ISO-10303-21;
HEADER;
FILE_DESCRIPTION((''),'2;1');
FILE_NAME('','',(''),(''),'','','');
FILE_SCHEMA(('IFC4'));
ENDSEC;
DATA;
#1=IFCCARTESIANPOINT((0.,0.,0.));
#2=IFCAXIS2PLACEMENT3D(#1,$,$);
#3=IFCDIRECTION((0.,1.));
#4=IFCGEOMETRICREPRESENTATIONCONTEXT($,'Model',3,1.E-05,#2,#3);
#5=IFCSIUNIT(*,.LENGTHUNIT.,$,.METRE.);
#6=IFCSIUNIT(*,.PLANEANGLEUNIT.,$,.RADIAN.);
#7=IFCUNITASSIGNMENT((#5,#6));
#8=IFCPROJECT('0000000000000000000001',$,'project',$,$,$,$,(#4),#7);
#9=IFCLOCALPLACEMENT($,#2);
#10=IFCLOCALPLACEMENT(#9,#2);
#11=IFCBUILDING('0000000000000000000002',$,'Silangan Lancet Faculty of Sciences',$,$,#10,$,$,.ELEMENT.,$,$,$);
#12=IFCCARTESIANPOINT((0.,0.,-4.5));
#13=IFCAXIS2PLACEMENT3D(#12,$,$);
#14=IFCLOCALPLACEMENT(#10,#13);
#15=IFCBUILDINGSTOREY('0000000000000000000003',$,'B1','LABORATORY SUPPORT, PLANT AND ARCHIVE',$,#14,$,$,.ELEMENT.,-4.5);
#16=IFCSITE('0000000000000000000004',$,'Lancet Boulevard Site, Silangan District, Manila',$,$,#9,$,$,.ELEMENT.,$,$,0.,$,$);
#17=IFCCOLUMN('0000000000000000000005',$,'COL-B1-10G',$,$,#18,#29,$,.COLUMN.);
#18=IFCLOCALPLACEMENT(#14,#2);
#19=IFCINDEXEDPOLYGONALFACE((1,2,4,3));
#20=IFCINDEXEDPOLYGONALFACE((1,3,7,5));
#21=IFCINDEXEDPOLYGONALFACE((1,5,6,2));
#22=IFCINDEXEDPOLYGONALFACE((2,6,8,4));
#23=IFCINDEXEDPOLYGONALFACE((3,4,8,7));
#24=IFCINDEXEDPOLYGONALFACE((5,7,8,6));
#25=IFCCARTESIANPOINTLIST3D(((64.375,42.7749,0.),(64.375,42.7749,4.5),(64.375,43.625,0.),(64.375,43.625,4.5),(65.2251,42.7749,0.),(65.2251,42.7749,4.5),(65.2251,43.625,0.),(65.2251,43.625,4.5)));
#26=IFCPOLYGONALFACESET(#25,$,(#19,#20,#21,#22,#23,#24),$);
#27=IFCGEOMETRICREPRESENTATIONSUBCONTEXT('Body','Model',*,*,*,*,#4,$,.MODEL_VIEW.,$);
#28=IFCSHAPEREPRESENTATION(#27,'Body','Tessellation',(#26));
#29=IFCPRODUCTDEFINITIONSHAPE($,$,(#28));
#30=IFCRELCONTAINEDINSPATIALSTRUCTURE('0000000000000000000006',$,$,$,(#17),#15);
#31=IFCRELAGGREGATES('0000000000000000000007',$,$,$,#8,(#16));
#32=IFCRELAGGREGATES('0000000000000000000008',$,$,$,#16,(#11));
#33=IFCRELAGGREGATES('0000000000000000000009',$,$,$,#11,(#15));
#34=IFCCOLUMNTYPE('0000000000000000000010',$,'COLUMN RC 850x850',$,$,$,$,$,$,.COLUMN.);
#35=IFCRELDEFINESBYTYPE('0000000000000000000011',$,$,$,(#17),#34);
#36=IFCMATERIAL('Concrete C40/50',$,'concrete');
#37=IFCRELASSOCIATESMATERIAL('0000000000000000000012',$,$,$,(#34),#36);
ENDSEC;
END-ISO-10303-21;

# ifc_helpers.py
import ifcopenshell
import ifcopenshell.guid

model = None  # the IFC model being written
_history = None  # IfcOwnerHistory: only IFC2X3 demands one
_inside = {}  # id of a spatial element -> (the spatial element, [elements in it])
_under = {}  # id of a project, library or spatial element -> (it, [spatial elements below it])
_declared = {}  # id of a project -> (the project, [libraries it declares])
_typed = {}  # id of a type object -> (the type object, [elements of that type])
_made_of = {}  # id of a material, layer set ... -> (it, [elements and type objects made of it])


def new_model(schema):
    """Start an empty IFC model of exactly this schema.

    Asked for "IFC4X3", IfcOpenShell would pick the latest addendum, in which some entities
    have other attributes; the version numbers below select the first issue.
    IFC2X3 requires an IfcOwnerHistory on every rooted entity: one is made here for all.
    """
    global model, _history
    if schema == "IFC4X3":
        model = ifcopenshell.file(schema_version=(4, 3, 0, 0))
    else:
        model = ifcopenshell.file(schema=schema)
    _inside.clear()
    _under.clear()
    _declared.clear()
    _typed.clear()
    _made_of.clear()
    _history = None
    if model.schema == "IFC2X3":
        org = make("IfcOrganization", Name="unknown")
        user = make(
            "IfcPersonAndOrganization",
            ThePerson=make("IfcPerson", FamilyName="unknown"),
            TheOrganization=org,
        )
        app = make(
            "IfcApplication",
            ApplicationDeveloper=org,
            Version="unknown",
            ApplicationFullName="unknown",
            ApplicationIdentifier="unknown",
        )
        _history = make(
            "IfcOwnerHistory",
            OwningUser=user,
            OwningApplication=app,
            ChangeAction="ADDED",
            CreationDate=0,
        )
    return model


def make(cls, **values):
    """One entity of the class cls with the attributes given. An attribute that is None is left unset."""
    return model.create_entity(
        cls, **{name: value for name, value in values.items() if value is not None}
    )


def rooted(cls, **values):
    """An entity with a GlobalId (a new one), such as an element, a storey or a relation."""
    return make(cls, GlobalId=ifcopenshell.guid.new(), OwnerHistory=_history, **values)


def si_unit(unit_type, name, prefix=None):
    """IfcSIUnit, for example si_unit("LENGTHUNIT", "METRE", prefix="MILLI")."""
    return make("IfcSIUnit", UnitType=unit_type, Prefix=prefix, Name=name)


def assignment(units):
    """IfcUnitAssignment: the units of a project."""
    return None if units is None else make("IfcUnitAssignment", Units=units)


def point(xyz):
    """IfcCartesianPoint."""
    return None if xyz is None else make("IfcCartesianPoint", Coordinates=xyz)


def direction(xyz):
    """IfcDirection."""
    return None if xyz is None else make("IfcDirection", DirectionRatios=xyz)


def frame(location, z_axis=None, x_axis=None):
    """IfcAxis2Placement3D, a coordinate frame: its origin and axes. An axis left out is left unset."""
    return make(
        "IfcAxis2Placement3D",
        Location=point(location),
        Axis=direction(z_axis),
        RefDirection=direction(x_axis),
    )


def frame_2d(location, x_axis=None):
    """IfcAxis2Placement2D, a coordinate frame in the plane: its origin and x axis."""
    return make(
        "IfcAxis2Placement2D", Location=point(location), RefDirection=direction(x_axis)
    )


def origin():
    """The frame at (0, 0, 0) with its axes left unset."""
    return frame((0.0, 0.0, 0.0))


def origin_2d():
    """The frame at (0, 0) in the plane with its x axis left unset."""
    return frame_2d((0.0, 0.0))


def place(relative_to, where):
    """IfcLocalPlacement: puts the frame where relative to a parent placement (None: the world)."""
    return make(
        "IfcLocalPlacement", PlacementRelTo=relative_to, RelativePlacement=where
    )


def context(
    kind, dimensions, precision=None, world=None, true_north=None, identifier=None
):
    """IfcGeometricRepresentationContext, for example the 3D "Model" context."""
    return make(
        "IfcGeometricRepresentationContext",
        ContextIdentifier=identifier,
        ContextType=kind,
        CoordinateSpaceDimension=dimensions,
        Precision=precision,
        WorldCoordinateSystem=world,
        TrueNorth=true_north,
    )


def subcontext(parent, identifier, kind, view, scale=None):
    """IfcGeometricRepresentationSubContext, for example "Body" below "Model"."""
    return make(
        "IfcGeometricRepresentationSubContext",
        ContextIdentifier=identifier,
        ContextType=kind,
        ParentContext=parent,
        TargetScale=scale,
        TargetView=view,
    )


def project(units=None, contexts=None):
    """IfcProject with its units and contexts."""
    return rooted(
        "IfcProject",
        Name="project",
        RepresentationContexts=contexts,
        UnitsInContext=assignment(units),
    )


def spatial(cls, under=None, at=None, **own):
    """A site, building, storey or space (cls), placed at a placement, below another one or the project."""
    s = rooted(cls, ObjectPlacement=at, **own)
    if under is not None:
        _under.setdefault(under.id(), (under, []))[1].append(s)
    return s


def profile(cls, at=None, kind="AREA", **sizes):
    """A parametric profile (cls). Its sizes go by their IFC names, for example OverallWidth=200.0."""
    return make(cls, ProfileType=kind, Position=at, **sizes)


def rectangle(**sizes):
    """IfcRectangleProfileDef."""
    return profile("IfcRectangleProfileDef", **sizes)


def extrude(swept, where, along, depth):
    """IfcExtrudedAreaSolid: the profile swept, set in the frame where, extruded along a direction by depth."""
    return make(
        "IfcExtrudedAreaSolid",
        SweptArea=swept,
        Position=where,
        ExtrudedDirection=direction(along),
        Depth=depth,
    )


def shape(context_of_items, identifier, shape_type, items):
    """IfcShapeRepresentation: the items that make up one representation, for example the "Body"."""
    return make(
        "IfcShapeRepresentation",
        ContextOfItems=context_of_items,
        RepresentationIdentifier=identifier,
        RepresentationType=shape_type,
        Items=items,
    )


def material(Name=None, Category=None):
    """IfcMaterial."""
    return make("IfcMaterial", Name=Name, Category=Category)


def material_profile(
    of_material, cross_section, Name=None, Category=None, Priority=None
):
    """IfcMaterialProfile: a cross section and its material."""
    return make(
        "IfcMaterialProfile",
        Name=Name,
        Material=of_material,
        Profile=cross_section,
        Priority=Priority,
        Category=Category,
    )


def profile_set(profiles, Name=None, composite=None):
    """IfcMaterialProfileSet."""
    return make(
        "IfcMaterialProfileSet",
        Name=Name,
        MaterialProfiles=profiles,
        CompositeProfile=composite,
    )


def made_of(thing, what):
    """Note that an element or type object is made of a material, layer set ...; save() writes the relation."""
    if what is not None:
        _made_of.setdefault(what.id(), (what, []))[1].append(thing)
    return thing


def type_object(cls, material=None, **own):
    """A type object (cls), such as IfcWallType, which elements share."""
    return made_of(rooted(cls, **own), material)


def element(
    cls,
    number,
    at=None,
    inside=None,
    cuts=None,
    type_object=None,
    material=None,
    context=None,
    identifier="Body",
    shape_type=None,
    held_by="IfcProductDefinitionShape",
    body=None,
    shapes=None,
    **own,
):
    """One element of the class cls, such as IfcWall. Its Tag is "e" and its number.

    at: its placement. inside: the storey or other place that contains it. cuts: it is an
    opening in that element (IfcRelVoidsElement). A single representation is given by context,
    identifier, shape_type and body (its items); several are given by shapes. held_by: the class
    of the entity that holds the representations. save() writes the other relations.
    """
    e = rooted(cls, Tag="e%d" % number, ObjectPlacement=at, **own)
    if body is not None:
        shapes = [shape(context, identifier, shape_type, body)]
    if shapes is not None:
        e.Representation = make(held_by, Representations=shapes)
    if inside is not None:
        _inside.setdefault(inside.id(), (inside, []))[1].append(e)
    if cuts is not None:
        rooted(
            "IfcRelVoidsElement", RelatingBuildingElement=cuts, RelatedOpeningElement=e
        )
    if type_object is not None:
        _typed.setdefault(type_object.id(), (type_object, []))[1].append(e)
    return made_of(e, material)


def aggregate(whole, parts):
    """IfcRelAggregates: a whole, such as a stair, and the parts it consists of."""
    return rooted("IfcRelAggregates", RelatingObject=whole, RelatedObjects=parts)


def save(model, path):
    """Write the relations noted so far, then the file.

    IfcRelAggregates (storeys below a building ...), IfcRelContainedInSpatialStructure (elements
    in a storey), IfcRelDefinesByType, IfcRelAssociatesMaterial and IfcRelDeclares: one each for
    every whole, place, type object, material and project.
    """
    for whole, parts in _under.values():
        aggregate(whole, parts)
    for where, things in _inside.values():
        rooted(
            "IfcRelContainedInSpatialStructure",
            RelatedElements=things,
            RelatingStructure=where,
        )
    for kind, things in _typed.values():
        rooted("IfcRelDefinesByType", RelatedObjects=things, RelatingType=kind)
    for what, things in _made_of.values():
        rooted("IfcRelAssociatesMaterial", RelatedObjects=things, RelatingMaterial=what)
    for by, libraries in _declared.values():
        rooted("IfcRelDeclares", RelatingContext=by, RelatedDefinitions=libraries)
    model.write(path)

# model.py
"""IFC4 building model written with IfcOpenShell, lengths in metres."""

from ifc_helpers import new_model, si_unit, direction, frame, origin, origin_2d, place, context, subcontext, project, spatial, rectangle, extrude, material, material_profile, profile_set, type_object, element, save


model = new_model("IFC4")

# Units and contexts
model_context = context("Model", 3, precision=1e-05, world=origin(), true_north=direction((0.0, 1.0)))
body_context = subcontext(model_context, "Body", "Model", "MODEL_VIEW")
ifc_project = project(units=[si_unit("LENGTHUNIT", "METRE"), si_unit("PLANEANGLEUNIT", "RADIAN")], contexts=[model_context])

# Site, building, storey
site_placement = place(None, origin())
site = spatial("IfcSite", under=ifc_project, at=site_placement, Name="Lancet Boulevard Site, Silangan District, Manila", CompositionType="ELEMENT", RefElevation=0.0)
building_placement = place(site_placement, origin())
building = spatial("IfcBuilding", under=site, at=building_placement, Name="Silangan Lancet Faculty of Sciences", CompositionType="ELEMENT")
storey_placement = place(building_placement, frame((0.0, 0.0, -4.5)))
storey = spatial("IfcBuildingStorey", under=building, at=storey_placement, Name="B1", Description="LABORATORY SUPPORT, PLANT AND ARCHIVE", CompositionType="ELEMENT", Elevation=-4.5)

# Column
ifc_material_1 = material(Name="Concrete C40/50", Category="concrete")
ifc_material_profile_1 = material_profile(ifc_material_1, rectangle(XDim=0.8501, YDim=0.8501, at=origin_2d()), Name="RC 850x850")
ifc_profile_set_1 = profile_set([ifc_material_profile_1], Name="Concrete C40/50")
column_type = type_object("IfcColumnType", Name="COLUMN RC 850x850", PredefinedType="COLUMN", material=ifc_profile_set_1)
for number, where, z_axis, x_axis, name in (
    (1, (64.8, 43.2, 0.0), (0.0, 0.0, 1.0), (1.0, 0.0, 0.0), "COL-B1-10G"),
):
    element("IfcColumn", number, at=place(storey_placement, frame(where, z_axis=z_axis, x_axis=x_axis)), inside=storey, type_object=column_type, Name=name, PredefinedType="COLUMN", context=body_context, shape_type="SweptSolid", body=[
        extrude(rectangle(XDim=0.8501, YDim=0.8501, at=origin_2d()), origin(), (0.0, 0.0, 1.0), 4.5),
    ])

save(model, "model.ifc")
